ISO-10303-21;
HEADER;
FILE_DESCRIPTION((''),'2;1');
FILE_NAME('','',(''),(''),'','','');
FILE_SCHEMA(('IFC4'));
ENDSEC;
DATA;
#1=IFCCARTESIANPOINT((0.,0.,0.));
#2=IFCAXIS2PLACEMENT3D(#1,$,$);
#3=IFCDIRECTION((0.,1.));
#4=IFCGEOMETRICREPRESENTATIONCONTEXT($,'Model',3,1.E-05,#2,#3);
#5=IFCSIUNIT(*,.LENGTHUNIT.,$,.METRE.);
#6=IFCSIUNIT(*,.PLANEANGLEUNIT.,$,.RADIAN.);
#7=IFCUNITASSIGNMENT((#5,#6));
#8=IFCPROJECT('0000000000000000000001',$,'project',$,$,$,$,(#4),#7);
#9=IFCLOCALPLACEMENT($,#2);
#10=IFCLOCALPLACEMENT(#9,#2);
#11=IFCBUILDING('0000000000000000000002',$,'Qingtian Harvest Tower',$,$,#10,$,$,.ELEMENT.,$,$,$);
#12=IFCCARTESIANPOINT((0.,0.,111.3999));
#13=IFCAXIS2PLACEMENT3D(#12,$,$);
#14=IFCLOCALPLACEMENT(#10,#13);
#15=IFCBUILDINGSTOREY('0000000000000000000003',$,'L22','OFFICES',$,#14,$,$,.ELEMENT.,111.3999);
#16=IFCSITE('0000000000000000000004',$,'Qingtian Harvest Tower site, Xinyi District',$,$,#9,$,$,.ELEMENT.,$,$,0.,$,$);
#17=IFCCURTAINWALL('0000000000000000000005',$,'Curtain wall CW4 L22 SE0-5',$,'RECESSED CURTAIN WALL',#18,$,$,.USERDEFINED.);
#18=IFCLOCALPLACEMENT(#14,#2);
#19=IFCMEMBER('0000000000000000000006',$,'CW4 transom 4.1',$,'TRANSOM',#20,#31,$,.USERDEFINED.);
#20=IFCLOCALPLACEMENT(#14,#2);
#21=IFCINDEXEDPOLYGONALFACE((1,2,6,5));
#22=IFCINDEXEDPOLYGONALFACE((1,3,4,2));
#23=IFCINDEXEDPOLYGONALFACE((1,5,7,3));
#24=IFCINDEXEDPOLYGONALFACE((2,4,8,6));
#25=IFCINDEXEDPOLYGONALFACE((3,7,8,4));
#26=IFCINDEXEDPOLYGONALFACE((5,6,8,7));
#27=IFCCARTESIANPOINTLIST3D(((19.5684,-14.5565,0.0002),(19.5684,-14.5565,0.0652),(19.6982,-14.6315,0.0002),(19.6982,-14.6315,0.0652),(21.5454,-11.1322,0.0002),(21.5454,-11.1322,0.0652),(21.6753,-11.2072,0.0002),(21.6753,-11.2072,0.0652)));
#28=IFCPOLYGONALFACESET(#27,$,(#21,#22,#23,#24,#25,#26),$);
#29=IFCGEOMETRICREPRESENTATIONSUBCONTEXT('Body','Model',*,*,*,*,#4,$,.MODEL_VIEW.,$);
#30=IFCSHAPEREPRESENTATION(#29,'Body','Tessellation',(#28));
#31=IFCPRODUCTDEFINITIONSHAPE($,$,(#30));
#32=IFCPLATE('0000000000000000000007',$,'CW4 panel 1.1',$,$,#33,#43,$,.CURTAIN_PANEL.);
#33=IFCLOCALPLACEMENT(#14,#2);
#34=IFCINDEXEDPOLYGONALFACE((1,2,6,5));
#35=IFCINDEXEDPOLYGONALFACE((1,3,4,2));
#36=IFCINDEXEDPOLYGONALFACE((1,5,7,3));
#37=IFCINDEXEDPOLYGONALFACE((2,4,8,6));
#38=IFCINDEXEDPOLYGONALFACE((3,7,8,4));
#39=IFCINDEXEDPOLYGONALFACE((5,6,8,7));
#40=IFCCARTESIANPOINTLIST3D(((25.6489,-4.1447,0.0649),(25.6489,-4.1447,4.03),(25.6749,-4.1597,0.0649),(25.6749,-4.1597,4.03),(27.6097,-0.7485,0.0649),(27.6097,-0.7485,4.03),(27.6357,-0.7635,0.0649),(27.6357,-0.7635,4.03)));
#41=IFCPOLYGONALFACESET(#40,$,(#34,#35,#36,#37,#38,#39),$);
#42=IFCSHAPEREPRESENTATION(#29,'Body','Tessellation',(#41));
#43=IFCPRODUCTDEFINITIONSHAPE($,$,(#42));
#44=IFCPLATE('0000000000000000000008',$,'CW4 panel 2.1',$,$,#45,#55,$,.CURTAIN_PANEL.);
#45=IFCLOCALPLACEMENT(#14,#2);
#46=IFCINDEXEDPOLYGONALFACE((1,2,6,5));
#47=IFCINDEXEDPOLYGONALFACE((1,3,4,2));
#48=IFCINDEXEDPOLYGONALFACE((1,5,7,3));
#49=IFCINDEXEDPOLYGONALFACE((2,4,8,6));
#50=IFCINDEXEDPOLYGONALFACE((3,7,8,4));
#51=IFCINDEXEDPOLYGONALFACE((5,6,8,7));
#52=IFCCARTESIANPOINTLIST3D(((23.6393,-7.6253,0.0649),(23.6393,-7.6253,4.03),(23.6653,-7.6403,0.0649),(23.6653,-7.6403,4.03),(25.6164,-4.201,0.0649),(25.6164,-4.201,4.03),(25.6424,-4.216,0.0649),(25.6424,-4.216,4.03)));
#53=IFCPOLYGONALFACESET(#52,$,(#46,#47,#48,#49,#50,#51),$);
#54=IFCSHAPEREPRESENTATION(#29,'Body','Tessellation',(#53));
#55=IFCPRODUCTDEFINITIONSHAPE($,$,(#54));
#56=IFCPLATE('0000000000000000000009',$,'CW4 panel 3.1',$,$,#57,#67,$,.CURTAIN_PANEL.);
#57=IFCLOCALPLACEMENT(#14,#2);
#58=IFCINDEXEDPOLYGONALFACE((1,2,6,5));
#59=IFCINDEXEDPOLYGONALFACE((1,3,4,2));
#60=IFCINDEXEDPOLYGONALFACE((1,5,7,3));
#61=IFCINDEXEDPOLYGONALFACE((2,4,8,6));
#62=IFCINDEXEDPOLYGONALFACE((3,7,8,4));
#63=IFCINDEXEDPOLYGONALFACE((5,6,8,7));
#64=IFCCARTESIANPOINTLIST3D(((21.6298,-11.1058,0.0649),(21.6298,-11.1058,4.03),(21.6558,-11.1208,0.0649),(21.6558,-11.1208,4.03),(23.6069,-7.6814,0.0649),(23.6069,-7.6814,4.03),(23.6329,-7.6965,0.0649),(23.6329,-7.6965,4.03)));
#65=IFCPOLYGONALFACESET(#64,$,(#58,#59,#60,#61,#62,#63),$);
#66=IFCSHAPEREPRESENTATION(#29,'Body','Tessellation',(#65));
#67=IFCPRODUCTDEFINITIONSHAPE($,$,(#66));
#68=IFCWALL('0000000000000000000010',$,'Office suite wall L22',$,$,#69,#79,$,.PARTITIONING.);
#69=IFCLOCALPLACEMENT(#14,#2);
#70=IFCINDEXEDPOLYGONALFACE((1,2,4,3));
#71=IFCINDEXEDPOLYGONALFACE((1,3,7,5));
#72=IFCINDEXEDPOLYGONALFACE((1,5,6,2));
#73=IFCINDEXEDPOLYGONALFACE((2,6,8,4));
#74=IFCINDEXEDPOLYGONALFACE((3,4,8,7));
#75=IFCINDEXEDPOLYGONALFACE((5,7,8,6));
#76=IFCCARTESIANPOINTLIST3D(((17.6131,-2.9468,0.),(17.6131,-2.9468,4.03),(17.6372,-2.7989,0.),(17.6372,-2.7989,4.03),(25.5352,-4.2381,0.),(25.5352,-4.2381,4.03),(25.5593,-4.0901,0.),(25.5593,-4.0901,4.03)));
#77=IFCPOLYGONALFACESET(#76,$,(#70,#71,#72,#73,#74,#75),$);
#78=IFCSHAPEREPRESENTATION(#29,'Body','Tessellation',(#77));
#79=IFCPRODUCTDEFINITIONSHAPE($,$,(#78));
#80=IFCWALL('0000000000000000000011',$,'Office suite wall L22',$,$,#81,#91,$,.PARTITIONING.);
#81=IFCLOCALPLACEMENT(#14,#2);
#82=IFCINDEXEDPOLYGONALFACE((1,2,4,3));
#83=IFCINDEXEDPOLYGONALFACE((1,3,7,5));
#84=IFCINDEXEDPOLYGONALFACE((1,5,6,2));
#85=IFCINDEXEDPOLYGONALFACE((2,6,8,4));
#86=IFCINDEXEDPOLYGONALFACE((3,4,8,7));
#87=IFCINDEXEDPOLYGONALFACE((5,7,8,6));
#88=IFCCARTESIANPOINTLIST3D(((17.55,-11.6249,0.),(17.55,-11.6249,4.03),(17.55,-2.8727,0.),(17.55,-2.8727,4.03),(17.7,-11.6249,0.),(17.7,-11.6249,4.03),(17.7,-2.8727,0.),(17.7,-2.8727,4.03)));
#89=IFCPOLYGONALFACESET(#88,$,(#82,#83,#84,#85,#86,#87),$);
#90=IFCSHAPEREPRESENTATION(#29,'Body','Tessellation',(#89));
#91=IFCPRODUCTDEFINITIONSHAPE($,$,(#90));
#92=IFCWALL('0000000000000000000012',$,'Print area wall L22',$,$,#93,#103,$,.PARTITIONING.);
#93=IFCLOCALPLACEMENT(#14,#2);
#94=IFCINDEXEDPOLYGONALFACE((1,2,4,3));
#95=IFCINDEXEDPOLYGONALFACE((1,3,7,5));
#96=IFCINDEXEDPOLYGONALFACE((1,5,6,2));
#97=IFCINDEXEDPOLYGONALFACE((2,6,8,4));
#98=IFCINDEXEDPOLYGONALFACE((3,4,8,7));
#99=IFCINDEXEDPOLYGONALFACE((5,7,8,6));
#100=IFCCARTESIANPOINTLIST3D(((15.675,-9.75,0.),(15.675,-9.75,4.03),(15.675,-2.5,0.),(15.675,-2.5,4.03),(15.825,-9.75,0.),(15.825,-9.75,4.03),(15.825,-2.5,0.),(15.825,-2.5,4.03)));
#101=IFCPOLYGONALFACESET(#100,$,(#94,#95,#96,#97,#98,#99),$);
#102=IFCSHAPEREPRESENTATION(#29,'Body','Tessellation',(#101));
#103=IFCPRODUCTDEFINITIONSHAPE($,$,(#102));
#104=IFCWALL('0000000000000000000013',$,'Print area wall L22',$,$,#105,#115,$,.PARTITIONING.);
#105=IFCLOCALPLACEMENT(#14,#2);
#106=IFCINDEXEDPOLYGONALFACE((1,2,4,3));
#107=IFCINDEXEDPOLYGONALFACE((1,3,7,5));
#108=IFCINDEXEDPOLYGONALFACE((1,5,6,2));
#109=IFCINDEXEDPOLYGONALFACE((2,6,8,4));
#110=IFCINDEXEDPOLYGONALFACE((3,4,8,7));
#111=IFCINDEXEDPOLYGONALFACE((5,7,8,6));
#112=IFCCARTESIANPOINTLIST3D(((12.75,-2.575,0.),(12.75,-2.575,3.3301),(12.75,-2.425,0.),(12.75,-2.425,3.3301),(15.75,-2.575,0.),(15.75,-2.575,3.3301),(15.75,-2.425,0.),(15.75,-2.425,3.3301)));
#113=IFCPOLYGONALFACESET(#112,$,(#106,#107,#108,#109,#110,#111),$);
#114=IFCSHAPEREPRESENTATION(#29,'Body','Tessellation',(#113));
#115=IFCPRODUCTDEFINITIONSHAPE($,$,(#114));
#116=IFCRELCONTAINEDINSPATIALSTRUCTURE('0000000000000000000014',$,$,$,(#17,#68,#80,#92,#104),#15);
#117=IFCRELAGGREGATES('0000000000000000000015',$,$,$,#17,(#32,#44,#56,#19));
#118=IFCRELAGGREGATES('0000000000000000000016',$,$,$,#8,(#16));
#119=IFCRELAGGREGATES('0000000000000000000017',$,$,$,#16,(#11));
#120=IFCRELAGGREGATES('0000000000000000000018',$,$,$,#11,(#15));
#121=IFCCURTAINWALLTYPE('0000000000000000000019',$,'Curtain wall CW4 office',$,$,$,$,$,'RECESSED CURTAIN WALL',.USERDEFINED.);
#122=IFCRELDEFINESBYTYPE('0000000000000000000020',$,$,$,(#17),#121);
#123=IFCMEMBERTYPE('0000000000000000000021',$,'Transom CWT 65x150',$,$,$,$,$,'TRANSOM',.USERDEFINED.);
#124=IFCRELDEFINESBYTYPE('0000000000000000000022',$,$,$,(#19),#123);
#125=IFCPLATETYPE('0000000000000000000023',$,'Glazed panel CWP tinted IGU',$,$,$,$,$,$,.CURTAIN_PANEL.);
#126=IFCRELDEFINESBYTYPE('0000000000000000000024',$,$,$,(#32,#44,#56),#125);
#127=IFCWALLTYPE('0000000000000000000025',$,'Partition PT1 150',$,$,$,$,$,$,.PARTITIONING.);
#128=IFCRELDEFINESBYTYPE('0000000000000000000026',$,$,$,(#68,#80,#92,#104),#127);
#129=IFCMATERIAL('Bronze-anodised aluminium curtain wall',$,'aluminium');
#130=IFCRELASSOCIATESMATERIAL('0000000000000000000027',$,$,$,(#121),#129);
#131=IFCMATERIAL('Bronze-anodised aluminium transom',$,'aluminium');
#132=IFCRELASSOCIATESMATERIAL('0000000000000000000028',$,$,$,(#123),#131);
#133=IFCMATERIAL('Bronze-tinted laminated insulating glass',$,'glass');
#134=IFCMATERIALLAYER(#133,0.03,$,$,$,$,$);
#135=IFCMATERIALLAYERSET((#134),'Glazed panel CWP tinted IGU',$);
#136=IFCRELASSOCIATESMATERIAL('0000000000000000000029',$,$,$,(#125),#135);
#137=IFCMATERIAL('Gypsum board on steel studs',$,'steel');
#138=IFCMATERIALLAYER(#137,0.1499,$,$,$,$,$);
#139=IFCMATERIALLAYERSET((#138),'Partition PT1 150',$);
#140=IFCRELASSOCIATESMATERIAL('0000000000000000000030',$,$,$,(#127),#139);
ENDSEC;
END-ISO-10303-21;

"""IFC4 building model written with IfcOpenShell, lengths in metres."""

from ifc_helpers import new_model, si_unit, direction, frame, frame_2d, origin, origin_2d, place, context, subcontext, project, spatial, rectangle, extrude, material, layer, layer_set, material_profile, profile_set, type_object, element, aggregate, save


model = new_model("IFC4")

# Units and contexts
model_context = context("Model", 3, precision=1e-05, world=origin(), true_north=direction((0.0, 1.0)))
body_context = subcontext(model_context, "Body", "Model", "MODEL_VIEW")
ifc_project = project(units=[si_unit("LENGTHUNIT", "METRE"), si_unit("PLANEANGLEUNIT", "RADIAN")], contexts=[model_context])

# Site, building, storey
site_placement = place(None, origin())
site = spatial("IfcSite", under=ifc_project, at=site_placement, Name="Qingtian Harvest Tower site, Xinyi District", CompositionType="ELEMENT", RefElevation=0.0)
building_placement = place(site_placement, origin())
building = spatial("IfcBuilding", under=site, at=building_placement, Name="Qingtian Harvest Tower", CompositionType="ELEMENT")
storey_placement = place(building_placement, frame((0.0, 0.0, 111.3999)))
storey = spatial("IfcBuildingStorey", under=building, at=storey_placement, Name="L22", Description="OFFICES", CompositionType="ELEMENT", Elevation=111.3999)

# Shared definitions
ifc_material_1 = material(Name="Bronze-anodised aluminium curtain wall", Category="aluminium")
curtain_wall_type = type_object("IfcCurtainWallType", Name="Curtain wall CW4 office", ElementType="RECESSED CURTAIN WALL", PredefinedType="USERDEFINED", material=ifc_material_1)

# Curtain wall
curtain_wall_1_placement = place(storey_placement, origin())
curtain_wall_1 = element("IfcCurtainWall", 1, at=curtain_wall_1_placement, inside=storey, type_object=curtain_wall_type, Name="Curtain wall CW4 L22 SE0-5", ObjectType="RECESSED CURTAIN WALL", PredefinedType="USERDEFINED")

# Member
ifc_material_2 = material(Name="Bronze-anodised aluminium transom", Category="aluminium")
ifc_material_profile_1 = material_profile(ifc_material_2, rectangle(XDim=0.1499, YDim=0.0649, at=origin_2d()), Name="AL 65x150")
ifc_profile_set_1 = profile_set([ifc_material_profile_1], Name="Bronze-anodised aluminium transom")
member_type_1 = type_object("IfcMemberType", Name="Transom CWT 65x150", ElementType="TRANSOM", PredefinedType="USERDEFINED", material=ifc_profile_set_1)
member_1_placement = place(storey_placement, frame((21.6104, -11.1697, 0.0327), z_axis=(-0.500004, -0.866023, 0.0), x_axis=(0.866023, -0.500004, 0.0)))
member_1 = element("IfcMember", 2, at=member_1_placement, type_object=member_type_1, Name="CW4 transom 4.1", ObjectType="TRANSOM", PredefinedType="USERDEFINED", context=body_context, shape_type="SweptSolid", body=[
    extrude(rectangle(XDim=0.1499, YDim=0.0649, at=origin_2d()), origin(), (0.0, 0.0, 1.0), 3.9541),
])

# Plates
ifc_material_3 = material(Name="Bronze-tinted laminated insulating glass", Category="glass")
ifc_layer_1 = layer(ifc_material_3, 0.03)
ifc_layer_set_1 = layer_set([ifc_layer_1], Name="Glazed panel CWP tinted IGU")
plate_type = type_object("IfcPlateType", Name="Glazed panel CWP tinted IGU", PredefinedType="CURTAIN_PANEL", material=ifc_layer_set_1)
plate_1_placement = place(storey_placement, frame((26.6423, -2.4541, 0.0649), z_axis=(0.0, 0.0, 1.0), x_axis=(-0.5, -0.866025, 0.0)))
plate_1 = element("IfcPlate", 3, at=plate_1_placement, type_object=plate_type, Name="CW4 panel 1.1", PredefinedType="CURTAIN_PANEL", context=body_context, shape_type="SweptSolid", body=[
    extrude(rectangle(XDim=3.9216, YDim=0.03, at=origin_2d()), origin(), (0.0, 0.0, 1.0), 3.9651),
])
plate_2_placement = place(storey_placement, frame((24.6409, -5.9207, 0.0649), z_axis=(0.0, 0.0, 1.0), x_axis=(-0.5, -0.866025, 0.0)))
plate_2 = element("IfcPlate", 4, at=plate_2_placement, type_object=plate_type, Name="CW4 panel 2.1", PredefinedType="CURTAIN_PANEL", context=body_context, shape_type="SweptSolid", body=[
    extrude(rectangle(XDim=3.9541, YDim=0.03, at=origin_2d()), origin(), (0.0, 0.0, 1.0), 3.9651),
])
plate_3_placement = place(storey_placement, frame((22.6313, -9.4011, 0.0649), z_axis=(0.0, 0.0, 1.0), x_axis=(-0.5, -0.866025, 0.0)))
plate_3 = element("IfcPlate", 5, at=plate_3_placement, type_object=plate_type, Name="CW4 panel 3.1", PredefinedType="CURTAIN_PANEL", context=body_context, shape_type="SweptSolid", body=[
    extrude(rectangle(XDim=3.9541, YDim=0.03, at=origin_2d()), origin(), (0.0, 0.0, 1.0), 3.9651),
])
aggregate(curtain_wall_1, [plate_1, plate_2, plate_3, member_1])

# Walls
ifc_material_4 = material(Name="Gypsum board on steel studs", Category="steel")
ifc_layer_2 = layer(ifc_material_4, 0.1499)
ifc_layer_set_2 = layer_set([ifc_layer_2], Name="Partition PT1 150")
wall_type = type_object("IfcWallType", Name="Partition PT1 150", PredefinedType="PARTITIONING", material=ifc_layer_set_2)
wall_1_placement = place(storey_placement, frame((25.5471, -4.1641, 0.0), z_axis=(0.0, 0.0, 1.0), x_axis=(-0.986975, 0.160871, 0.0)))
element("IfcWall", 6, at=wall_1_placement, inside=storey, type_object=wall_type, Name="Office suite wall L22", PredefinedType="PARTITIONING", context=body_context, shape_type="SweptSolid", body=[
    extrude(rectangle(XDim=8.0266, YDim=0.1499, at=frame_2d((4.0132, 0.0))), origin(), (0.0, 0.0, 1.0), 4.03),
])
wall_2_placement = place(storey_placement, frame((17.625, -2.8728, 0.0), z_axis=(0.0, 0.0, 1.0), x_axis=(0.0, -1.0, 0.0)))
element("IfcWall", 7, at=wall_2_placement, inside=storey, type_object=wall_type, Name="Office suite wall L22", PredefinedType="PARTITIONING", context=body_context, shape_type="SweptSolid", body=[
    extrude(rectangle(XDim=8.7522, YDim=0.1499, at=frame_2d((4.376, 0.0))), origin(), (0.0, 0.0, 1.0), 4.03),
])
wall_3_placement = place(storey_placement, frame((15.75, -9.75, 0.0), z_axis=(0.0, 0.0, 1.0), x_axis=(0.0, 1.0, 0.0)))
element("IfcWall", 8, at=wall_3_placement, inside=storey, type_object=wall_type, Name="Print area wall L22", PredefinedType="PARTITIONING", context=body_context, shape_type="SweptSolid", body=[
    extrude(rectangle(XDim=7.25, YDim=0.1499, at=frame_2d((3.625, 0.0))), origin(), (0.0, 0.0, 1.0), 4.03),
])
wall_4_placement = place(storey_placement, frame((12.75, -2.5, 0.0), z_axis=(0.0, 0.0, 1.0), x_axis=(1.0, 0.0, 0.0)))
element("IfcWall", 9, at=wall_4_placement, inside=storey, type_object=wall_type, Name="Print area wall L22", PredefinedType="PARTITIONING", context=body_context, shape_type="SweptSolid", body=[
    extrude(rectangle(XDim=3.0, YDim=0.1499, at=frame_2d((1.5, 0.0))), origin(), (0.0, 0.0, 1.0), 3.3301),
])

save(model, "model.ifc")
